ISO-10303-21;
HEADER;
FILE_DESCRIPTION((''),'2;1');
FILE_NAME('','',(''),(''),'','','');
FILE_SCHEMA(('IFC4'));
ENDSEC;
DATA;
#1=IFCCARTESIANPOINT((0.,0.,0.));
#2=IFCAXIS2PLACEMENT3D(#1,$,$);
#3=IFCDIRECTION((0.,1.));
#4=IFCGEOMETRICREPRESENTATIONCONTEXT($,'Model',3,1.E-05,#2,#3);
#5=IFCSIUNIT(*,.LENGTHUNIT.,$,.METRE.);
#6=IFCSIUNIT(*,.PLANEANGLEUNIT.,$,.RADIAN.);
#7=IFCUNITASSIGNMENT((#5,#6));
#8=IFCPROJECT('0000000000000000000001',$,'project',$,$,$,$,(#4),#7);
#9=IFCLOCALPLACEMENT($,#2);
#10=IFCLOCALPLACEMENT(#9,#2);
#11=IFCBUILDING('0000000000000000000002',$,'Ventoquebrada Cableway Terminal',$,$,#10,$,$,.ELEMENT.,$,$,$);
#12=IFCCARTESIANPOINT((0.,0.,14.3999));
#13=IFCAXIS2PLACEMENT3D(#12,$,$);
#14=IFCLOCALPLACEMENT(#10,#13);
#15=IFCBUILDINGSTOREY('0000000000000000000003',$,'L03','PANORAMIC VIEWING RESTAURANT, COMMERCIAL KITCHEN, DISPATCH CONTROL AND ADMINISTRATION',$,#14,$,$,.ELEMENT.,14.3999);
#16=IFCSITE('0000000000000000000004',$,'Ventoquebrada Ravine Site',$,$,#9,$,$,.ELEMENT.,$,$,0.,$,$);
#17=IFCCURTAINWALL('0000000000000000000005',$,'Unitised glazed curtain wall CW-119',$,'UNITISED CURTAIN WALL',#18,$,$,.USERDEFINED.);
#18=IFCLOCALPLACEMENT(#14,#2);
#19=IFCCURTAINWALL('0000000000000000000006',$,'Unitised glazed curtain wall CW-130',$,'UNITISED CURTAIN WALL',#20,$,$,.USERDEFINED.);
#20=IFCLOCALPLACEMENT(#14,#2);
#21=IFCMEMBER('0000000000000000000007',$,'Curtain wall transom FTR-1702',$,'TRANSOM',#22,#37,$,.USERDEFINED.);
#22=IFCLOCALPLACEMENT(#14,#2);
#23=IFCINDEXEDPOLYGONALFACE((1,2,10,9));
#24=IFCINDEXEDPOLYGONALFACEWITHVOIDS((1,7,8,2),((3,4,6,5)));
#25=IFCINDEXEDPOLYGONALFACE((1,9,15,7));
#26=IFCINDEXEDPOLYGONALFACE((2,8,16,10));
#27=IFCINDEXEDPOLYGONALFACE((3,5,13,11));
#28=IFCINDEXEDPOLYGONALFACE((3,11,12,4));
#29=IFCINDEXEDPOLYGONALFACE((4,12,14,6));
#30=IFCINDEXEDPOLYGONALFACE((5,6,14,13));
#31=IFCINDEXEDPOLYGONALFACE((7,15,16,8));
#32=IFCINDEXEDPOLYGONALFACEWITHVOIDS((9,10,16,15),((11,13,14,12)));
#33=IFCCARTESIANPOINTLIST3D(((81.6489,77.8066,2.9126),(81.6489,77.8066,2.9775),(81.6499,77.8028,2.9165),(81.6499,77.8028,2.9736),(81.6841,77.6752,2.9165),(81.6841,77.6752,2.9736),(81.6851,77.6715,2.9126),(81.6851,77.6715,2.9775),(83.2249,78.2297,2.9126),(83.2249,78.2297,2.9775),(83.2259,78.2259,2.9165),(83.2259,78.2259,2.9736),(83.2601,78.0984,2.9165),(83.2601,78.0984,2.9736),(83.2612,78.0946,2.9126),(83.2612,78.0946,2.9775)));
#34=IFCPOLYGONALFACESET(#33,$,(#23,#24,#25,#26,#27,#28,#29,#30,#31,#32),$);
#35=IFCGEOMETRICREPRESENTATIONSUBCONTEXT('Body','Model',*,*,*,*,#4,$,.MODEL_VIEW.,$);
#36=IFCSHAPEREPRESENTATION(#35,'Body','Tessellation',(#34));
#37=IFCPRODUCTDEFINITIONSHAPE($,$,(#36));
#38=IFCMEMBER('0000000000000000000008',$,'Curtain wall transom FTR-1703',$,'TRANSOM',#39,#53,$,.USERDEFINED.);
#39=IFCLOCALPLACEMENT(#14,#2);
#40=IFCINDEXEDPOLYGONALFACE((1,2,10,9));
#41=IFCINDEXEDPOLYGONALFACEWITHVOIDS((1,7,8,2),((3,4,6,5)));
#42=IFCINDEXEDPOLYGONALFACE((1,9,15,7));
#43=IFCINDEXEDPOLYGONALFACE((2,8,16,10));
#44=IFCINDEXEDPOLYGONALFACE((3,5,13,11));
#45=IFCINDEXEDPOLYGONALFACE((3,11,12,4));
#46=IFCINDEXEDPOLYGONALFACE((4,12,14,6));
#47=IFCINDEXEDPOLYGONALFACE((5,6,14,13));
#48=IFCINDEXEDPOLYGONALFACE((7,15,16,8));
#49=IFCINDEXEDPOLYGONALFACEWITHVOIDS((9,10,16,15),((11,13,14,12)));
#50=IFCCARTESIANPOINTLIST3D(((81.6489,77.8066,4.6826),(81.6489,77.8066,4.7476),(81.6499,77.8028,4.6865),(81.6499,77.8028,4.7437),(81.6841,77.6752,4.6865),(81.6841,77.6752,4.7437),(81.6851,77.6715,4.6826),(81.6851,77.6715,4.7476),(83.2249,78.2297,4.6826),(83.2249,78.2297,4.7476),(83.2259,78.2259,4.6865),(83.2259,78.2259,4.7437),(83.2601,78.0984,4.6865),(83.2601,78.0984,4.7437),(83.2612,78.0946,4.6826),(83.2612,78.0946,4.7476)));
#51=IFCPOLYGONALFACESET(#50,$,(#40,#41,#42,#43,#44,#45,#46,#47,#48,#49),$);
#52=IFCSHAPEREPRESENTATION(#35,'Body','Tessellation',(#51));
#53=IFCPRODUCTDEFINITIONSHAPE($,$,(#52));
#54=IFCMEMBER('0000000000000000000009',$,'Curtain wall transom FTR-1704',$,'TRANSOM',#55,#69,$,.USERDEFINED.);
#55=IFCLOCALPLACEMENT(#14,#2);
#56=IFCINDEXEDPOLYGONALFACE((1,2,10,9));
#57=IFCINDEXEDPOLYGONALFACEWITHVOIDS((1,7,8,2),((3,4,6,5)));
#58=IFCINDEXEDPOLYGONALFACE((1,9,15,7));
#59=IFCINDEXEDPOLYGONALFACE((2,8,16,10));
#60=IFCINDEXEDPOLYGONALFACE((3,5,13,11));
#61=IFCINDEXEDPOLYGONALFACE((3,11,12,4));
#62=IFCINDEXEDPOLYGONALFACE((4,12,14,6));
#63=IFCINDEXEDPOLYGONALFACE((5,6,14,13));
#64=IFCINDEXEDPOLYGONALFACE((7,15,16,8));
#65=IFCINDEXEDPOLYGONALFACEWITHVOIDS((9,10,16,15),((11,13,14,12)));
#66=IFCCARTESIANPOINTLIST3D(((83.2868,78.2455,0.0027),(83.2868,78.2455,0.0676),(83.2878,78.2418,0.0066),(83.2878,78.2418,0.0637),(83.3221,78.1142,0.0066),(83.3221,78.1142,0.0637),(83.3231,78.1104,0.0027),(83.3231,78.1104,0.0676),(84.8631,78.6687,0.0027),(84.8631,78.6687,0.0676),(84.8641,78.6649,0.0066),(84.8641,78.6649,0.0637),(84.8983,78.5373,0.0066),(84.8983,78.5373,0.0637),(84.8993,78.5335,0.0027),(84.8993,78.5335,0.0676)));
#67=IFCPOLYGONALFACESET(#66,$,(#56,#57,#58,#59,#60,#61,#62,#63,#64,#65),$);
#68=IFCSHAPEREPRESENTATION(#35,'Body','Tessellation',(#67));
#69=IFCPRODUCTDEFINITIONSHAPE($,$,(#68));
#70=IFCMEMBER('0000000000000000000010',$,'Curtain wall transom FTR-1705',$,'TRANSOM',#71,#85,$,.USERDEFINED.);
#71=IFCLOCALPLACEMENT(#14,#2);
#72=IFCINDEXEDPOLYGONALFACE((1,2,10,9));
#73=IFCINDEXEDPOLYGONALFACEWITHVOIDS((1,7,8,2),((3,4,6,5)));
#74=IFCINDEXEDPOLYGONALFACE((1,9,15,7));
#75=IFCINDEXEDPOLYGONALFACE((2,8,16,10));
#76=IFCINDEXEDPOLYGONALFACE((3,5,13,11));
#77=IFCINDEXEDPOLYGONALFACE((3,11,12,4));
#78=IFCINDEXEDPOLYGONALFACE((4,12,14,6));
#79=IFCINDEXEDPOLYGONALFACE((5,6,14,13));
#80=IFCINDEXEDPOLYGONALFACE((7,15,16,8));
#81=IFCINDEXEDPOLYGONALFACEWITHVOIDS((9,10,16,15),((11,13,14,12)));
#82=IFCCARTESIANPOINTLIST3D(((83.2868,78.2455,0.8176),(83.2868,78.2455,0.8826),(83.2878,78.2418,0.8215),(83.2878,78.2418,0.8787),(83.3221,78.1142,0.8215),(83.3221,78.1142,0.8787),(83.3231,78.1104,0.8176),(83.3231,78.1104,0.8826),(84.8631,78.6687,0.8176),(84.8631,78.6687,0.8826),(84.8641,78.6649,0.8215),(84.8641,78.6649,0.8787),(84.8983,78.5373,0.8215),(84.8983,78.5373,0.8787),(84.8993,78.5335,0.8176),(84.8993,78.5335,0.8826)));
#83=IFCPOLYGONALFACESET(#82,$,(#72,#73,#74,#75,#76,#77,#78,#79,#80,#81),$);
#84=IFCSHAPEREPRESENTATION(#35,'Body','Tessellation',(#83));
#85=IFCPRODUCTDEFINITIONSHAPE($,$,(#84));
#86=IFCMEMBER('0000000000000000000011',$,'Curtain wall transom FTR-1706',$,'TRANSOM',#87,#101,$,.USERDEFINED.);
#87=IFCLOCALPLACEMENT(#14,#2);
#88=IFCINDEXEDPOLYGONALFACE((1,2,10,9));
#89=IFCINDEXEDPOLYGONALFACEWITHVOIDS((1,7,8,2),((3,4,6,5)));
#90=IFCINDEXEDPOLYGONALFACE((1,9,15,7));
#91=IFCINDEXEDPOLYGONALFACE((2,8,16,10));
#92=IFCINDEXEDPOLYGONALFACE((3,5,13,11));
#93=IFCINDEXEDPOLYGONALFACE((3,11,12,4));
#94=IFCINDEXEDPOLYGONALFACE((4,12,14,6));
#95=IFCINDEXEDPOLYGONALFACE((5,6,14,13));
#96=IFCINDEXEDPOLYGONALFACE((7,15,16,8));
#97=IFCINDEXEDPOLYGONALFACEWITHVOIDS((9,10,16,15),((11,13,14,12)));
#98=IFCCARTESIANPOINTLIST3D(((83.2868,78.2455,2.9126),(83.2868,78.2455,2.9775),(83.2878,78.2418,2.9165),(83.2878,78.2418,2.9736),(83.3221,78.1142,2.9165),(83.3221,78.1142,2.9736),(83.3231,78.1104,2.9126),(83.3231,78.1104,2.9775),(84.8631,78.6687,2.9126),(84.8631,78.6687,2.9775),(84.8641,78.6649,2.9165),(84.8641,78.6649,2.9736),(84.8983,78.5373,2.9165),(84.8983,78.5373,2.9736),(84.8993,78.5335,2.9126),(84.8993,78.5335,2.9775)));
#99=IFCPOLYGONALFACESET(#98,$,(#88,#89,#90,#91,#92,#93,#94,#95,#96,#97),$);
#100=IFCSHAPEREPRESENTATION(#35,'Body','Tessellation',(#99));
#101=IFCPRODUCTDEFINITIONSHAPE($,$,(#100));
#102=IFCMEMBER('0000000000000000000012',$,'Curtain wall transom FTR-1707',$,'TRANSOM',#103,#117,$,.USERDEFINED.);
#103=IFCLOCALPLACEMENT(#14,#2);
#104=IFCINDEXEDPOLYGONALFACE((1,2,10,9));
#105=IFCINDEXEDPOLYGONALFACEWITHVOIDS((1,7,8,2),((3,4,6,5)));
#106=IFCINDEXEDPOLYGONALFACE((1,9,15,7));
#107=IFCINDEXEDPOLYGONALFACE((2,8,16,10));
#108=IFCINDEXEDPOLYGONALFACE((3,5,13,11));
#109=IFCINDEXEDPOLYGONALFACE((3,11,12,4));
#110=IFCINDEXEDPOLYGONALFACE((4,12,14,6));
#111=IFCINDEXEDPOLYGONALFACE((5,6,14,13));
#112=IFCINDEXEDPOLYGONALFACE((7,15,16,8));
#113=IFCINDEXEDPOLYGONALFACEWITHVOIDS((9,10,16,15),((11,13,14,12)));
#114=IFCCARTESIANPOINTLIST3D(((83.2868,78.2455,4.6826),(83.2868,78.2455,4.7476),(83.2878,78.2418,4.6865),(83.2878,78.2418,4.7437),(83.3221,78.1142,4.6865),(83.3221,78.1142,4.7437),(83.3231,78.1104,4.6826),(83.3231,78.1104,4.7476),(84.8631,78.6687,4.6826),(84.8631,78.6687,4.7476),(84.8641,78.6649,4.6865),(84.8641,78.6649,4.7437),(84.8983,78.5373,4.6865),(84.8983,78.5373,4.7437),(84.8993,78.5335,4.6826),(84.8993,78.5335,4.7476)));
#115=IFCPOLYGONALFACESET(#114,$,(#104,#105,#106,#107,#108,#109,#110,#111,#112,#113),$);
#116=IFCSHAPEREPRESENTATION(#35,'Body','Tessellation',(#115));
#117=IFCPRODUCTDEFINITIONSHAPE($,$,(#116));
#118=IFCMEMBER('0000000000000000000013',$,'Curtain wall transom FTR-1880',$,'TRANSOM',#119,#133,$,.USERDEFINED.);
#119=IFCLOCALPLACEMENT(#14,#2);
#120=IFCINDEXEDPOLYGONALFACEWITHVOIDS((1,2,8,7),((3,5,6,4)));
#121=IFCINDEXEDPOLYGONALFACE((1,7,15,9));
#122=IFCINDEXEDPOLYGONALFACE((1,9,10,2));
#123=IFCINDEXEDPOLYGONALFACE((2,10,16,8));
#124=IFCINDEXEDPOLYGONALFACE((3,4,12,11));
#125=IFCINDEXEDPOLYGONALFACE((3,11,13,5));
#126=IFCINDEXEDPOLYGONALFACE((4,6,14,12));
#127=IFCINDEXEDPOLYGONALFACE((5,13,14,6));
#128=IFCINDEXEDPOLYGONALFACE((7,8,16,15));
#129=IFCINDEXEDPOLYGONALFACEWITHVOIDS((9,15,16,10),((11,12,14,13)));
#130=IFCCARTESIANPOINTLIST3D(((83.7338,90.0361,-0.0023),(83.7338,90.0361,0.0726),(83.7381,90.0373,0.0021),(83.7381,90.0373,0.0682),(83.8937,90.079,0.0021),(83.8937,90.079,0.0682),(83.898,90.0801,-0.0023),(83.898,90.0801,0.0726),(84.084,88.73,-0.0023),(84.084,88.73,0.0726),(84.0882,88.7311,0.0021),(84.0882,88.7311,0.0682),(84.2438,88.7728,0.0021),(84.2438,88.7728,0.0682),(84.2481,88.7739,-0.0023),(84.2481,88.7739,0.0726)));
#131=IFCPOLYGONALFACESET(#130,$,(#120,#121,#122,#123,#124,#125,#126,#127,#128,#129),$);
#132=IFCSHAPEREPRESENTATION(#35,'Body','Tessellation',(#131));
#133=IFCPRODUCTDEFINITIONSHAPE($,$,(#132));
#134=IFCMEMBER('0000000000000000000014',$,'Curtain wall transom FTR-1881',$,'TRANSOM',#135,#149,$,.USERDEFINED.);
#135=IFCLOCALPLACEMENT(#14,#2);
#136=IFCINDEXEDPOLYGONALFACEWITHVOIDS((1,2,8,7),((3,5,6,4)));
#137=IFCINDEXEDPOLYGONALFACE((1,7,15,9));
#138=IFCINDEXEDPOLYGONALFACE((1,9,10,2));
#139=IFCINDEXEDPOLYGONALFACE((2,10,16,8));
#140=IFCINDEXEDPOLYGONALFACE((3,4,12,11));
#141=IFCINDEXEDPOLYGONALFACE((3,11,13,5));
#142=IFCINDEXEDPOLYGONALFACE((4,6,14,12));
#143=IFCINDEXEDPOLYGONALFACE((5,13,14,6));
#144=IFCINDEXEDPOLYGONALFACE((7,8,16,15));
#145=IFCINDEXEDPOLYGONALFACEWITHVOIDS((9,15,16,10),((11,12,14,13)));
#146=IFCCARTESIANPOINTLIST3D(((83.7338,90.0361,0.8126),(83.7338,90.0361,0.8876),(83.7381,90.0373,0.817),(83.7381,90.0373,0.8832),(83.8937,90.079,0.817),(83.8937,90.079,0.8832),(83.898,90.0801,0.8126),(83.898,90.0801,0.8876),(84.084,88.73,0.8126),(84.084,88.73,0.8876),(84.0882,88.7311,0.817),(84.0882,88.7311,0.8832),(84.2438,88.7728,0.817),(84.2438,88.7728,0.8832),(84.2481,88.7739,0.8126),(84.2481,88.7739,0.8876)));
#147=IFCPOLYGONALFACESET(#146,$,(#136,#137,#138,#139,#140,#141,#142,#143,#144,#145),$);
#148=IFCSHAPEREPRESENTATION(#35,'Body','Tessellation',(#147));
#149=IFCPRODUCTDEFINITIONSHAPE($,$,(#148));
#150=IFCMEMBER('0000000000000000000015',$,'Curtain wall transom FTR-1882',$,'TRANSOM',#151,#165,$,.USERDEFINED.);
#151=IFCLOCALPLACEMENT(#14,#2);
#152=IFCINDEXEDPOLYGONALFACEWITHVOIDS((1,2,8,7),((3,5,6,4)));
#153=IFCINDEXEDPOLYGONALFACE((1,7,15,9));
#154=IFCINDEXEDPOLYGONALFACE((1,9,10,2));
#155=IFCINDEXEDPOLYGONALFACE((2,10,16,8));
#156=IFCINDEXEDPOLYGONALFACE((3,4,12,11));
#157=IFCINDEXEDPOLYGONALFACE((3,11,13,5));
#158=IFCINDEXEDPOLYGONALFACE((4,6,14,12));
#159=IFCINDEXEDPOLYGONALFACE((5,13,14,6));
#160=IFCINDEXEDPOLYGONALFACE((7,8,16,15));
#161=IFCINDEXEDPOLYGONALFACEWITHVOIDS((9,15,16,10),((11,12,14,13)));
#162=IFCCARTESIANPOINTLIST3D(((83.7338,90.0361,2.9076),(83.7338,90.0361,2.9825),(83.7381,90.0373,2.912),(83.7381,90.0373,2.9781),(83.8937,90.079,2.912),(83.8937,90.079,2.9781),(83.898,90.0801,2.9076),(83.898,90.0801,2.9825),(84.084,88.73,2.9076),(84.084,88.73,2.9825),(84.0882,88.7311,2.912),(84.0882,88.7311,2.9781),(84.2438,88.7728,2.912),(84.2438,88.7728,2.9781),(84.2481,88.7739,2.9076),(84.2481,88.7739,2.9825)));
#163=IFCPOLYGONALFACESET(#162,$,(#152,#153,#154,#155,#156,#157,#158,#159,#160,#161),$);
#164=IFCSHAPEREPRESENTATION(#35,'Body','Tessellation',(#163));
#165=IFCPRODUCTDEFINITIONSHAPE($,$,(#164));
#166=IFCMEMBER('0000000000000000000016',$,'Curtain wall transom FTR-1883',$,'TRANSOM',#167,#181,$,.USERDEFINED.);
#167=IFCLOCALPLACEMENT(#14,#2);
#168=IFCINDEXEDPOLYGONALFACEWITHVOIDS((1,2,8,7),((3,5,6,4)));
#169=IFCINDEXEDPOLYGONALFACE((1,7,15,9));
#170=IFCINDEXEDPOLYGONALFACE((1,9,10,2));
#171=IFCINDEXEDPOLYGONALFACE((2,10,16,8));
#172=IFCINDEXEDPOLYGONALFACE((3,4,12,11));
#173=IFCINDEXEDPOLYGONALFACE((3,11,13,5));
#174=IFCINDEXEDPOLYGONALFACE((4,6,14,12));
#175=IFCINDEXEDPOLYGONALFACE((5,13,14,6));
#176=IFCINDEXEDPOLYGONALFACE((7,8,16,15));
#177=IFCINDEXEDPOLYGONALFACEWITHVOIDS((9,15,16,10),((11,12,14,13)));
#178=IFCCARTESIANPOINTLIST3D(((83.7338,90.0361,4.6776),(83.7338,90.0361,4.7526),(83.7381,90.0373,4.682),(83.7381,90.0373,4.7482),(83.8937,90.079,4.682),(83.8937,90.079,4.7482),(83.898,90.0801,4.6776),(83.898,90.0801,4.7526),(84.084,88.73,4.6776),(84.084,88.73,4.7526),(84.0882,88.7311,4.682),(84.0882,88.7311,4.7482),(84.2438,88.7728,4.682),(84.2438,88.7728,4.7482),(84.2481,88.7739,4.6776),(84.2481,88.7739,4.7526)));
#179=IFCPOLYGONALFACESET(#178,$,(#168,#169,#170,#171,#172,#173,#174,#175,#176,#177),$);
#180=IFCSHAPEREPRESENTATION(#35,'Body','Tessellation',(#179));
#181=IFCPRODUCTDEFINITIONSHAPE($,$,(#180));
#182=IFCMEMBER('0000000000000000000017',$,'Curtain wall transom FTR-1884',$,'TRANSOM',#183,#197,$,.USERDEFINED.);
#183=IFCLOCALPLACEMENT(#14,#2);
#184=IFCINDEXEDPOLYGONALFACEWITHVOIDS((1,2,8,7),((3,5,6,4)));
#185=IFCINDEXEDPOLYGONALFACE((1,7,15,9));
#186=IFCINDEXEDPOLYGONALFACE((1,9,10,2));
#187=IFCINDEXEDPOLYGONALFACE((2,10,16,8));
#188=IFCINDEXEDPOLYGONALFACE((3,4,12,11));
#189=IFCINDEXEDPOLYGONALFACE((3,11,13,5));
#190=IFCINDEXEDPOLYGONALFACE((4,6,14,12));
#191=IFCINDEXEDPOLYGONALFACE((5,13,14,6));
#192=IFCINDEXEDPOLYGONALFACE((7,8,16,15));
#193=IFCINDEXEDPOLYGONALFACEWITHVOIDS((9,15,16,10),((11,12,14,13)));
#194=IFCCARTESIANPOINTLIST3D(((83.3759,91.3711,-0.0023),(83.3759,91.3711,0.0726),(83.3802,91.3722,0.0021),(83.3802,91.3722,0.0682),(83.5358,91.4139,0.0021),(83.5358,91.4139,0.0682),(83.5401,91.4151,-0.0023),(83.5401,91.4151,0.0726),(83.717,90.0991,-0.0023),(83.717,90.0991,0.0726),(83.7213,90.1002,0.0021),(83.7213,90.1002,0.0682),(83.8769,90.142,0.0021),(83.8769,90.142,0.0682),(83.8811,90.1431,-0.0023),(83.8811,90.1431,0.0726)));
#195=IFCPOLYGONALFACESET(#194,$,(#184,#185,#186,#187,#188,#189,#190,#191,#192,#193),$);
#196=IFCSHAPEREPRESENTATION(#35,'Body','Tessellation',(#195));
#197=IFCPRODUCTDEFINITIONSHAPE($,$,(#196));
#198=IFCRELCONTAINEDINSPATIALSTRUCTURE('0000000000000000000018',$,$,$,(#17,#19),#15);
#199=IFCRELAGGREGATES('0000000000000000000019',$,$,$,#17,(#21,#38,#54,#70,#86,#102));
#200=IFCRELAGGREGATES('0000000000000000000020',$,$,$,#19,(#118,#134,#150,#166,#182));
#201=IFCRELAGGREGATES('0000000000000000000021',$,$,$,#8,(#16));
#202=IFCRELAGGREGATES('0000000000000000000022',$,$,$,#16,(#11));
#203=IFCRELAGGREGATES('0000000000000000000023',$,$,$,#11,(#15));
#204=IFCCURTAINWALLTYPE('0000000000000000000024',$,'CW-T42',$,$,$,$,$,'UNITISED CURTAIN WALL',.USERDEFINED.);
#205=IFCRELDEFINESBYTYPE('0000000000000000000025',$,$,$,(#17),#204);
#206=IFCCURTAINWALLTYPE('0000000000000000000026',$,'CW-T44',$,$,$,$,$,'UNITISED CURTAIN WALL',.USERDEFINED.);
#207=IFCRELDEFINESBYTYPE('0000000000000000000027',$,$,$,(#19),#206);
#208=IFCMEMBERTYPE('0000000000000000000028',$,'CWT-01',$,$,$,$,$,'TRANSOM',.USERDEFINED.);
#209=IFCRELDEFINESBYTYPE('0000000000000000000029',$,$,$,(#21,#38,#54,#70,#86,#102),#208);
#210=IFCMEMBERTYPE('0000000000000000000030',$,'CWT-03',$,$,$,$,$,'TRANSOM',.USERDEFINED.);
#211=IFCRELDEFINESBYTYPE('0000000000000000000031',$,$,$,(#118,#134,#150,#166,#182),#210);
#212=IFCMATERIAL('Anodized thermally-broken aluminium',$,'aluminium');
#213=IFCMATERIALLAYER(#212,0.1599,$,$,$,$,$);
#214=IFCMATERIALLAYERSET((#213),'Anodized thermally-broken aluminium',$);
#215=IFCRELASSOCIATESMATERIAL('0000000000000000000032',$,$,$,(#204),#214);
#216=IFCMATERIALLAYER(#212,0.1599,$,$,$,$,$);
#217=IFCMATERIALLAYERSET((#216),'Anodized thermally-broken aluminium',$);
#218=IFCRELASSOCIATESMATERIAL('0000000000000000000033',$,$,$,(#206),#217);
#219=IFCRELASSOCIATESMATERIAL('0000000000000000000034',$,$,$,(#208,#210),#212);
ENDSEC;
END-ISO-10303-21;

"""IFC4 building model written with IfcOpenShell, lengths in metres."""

from ifc_helpers import new_model, si_unit, direction, frame, origin, origin_2d, place, context, subcontext, project, spatial, hollow_rectangle, extrude, material, layer, layer_set, material_profile, profile_set, type_object, element, aggregate, save


model = new_model("IFC4")

# Units and contexts
model_context = context("Model", 3, precision=1e-05, world=origin(), true_north=direction((0.0, 1.0)))
body_context = subcontext(model_context, "Body", "Model", "MODEL_VIEW")
ifc_project = project(units=[si_unit("LENGTHUNIT", "METRE"), si_unit("PLANEANGLEUNIT", "RADIAN")], contexts=[model_context])

# Site, building, storey
site_placement = place(None, origin())
site = spatial("IfcSite", under=ifc_project, at=site_placement, Name="Ventoquebrada Ravine Site", CompositionType="ELEMENT", RefElevation=0.0)
building_placement = place(site_placement, origin())
building = spatial("IfcBuilding", under=site, at=building_placement, Name="Ventoquebrada Cableway Terminal", CompositionType="ELEMENT")
storey_placement = place(building_placement, frame((0.0, 0.0, 14.3999)))
storey = spatial("IfcBuildingStorey", under=building, at=storey_placement, Name="L03", Description="PANORAMIC VIEWING RESTAURANT, COMMERCIAL KITCHEN, DISPATCH CONTROL AND ADMINISTRATION", CompositionType="ELEMENT", Elevation=14.3999)

# Curtain walls
ifc_material_1 = material(Name="Anodized thermally-broken aluminium", Category="aluminium")
ifc_layer_1 = layer(ifc_material_1, 0.1599)
ifc_layer_set_1 = layer_set([ifc_layer_1], Name="Anodized thermally-broken aluminium")
curtain_wall_type_1 = type_object("IfcCurtainWallType", Name="CW-T42", ElementType="UNITISED CURTAIN WALL", PredefinedType="USERDEFINED", material=ifc_layer_set_1)
curtain_wall_1_placement = place(storey_placement, origin())
curtain_wall_1 = element("IfcCurtainWall", 1, at=curtain_wall_1_placement, inside=storey, type_object=curtain_wall_type_1, Name="Unitised glazed curtain wall CW-119", ObjectType="UNITISED CURTAIN WALL", PredefinedType="USERDEFINED")
ifc_layer_2 = layer(ifc_material_1, 0.1599)
ifc_layer_set_2 = layer_set([ifc_layer_2], Name="Anodized thermally-broken aluminium")
curtain_wall_type_2 = type_object("IfcCurtainWallType", Name="CW-T44", ElementType="UNITISED CURTAIN WALL", PredefinedType="USERDEFINED", material=ifc_layer_set_2)
curtain_wall_2_placement = place(storey_placement, origin())
curtain_wall_2 = element("IfcCurtainWall", 2, at=curtain_wall_2_placement, inside=storey, type_object=curtain_wall_type_2, Name="Unitised glazed curtain wall CW-130", ObjectType="UNITISED CURTAIN WALL", PredefinedType="USERDEFINED")

# Members
ifc_material_profile_1 = material_profile(ifc_material_1, hollow_rectangle(XDim=0.0649, YDim=0.1399, WallThickness=0.0039, at=origin_2d()), Name="CW-TRN-65X140")
ifc_profile_set_1 = profile_set([ifc_material_profile_1], Name="Anodized thermally-broken aluminium")
member_type_1 = type_object("IfcMemberType", Name="CWT-01", ElementType="TRANSOM", PredefinedType="USERDEFINED", material=ifc_profile_set_1)
member_1_placement = place(storey_placement, frame((81.667, 77.739, 2.9451), z_axis=(0.965799, 0.259292, 0.0), x_axis=(0.0, 0.0, 1.0)))
member_1 = element("IfcMember", 3, at=member_1_placement, type_object=member_type_1, Name="Curtain wall transom FTR-1702", ObjectType="TRANSOM", PredefinedType="USERDEFINED", context=body_context, shape_type="SweptSolid", body=[
    extrude(hollow_rectangle(XDim=0.0649, YDim=0.1399, WallThickness=0.0039, at=origin_2d()), origin(), (0.0, 0.0, 1.0), 1.6318),
])
member_2_placement = place(storey_placement, frame((81.667, 77.739, 4.7151), z_axis=(0.965799, 0.259292, 0.0), x_axis=(0.0, 0.0, 1.0)))
member_2 = element("IfcMember", 4, at=member_2_placement, type_object=member_type_1, Name="Curtain wall transom FTR-1703", ObjectType="TRANSOM", PredefinedType="USERDEFINED", context=body_context, shape_type="SweptSolid", body=[
    extrude(hollow_rectangle(XDim=0.0649, YDim=0.1399, WallThickness=0.0039, at=origin_2d()), origin(), (0.0, 0.0, 1.0), 1.6318),
])
member_3_placement = place(storey_placement, frame((83.3049, 78.178, 0.0352), z_axis=(0.965809, 0.259255, 0.0), x_axis=(0.0, 0.0, 1.0)))
member_3 = element("IfcMember", 5, at=member_3_placement, type_object=member_type_1, Name="Curtain wall transom FTR-1704", ObjectType="TRANSOM", PredefinedType="USERDEFINED", context=body_context, shape_type="SweptSolid", body=[
    extrude(hollow_rectangle(XDim=0.0649, YDim=0.1399, WallThickness=0.0039, at=origin_2d()), origin(), (0.0, 0.0, 1.0), 1.6321),
])
member_4_placement = place(storey_placement, frame((83.3049, 78.178, 0.8501), z_axis=(0.965809, 0.259255, 0.0), x_axis=(0.0, 0.0, 1.0)))
member_4 = element("IfcMember", 6, at=member_4_placement, type_object=member_type_1, Name="Curtain wall transom FTR-1705", ObjectType="TRANSOM", PredefinedType="USERDEFINED", context=body_context, shape_type="SweptSolid", body=[
    extrude(hollow_rectangle(XDim=0.0649, YDim=0.1399, WallThickness=0.0039, at=origin_2d()), origin(), (0.0, 0.0, 1.0), 1.6321),
])
member_5_placement = place(storey_placement, frame((83.3049, 78.178, 2.9451), z_axis=(0.965809, 0.259255, 0.0), x_axis=(0.0, 0.0, 1.0)))
member_5 = element("IfcMember", 7, at=member_5_placement, type_object=member_type_1, Name="Curtain wall transom FTR-1706", ObjectType="TRANSOM", PredefinedType="USERDEFINED", context=body_context, shape_type="SweptSolid", body=[
    extrude(hollow_rectangle(XDim=0.0649, YDim=0.1399, WallThickness=0.0039, at=origin_2d()), origin(), (0.0, 0.0, 1.0), 1.6321),
])
member_6_placement = place(storey_placement, frame((83.3049, 78.178, 4.7151), z_axis=(0.965809, 0.259255, 0.0), x_axis=(0.0, 0.0, 1.0)))
member_6 = element("IfcMember", 8, at=member_6_placement, type_object=member_type_1, Name="Curtain wall transom FTR-1707", ObjectType="TRANSOM", PredefinedType="USERDEFINED", context=body_context, shape_type="SweptSolid", body=[
    extrude(hollow_rectangle(XDim=0.0649, YDim=0.1399, WallThickness=0.0039, at=origin_2d()), origin(), (0.0, 0.0, 1.0), 1.6321),
])
ifc_material_profile_2 = material_profile(ifc_material_1, hollow_rectangle(XDim=0.075, YDim=0.1699, WallThickness=0.0044, at=origin_2d()), Name="CW-TRN-75X170")
ifc_profile_set_2 = profile_set([ifc_material_profile_2], Name="Anodized thermally-broken aluminium")
member_type_2 = type_object("IfcMemberType", Name="CWT-03", ElementType="TRANSOM", PredefinedType="USERDEFINED", material=ifc_profile_set_2)
member_7_placement = place(storey_placement, frame((84.166, 88.752, 0.0352), z_axis=(-0.258899, 0.965905, 0.0), x_axis=(0.0, 0.0, 1.0)))
member_7 = element("IfcMember", 9, at=member_7_placement, type_object=member_type_2, Name="Curtain wall transom FTR-1880", ObjectType="TRANSOM", PredefinedType="USERDEFINED", context=body_context, shape_type="SweptSolid", body=[
    extrude(hollow_rectangle(XDim=0.075, YDim=0.1699, WallThickness=0.0044, at=origin_2d()), origin(), (0.0, 0.0, 1.0), 1.3523),
])
member_8_placement = place(storey_placement, frame((84.166, 88.752, 0.8501), z_axis=(-0.258899, 0.965905, 0.0), x_axis=(0.0, 0.0, 1.0)))
member_8 = element("IfcMember", 10, at=member_8_placement, type_object=member_type_2, Name="Curtain wall transom FTR-1881", ObjectType="TRANSOM", PredefinedType="USERDEFINED", context=body_context, shape_type="SweptSolid", body=[
    extrude(hollow_rectangle(XDim=0.075, YDim=0.1699, WallThickness=0.0044, at=origin_2d()), origin(), (0.0, 0.0, 1.0), 1.3523),
])
member_9_placement = place(storey_placement, frame((84.166, 88.752, 2.9451), z_axis=(-0.258899, 0.965905, 0.0), x_axis=(0.0, 0.0, 1.0)))
member_9 = element("IfcMember", 11, at=member_9_placement, type_object=member_type_2, Name="Curtain wall transom FTR-1882", ObjectType="TRANSOM", PredefinedType="USERDEFINED", context=body_context, shape_type="SweptSolid", body=[
    extrude(hollow_rectangle(XDim=0.075, YDim=0.1699, WallThickness=0.0044, at=origin_2d()), origin(), (0.0, 0.0, 1.0), 1.3523),
])
member_10_placement = place(storey_placement, frame((84.166, 88.752, 4.7151), z_axis=(-0.258899, 0.965905, 0.0), x_axis=(0.0, 0.0, 1.0)))
member_10 = element("IfcMember", 12, at=member_10_placement, type_object=member_type_2, Name="Curtain wall transom FTR-1883", ObjectType="TRANSOM", PredefinedType="USERDEFINED", context=body_context, shape_type="SweptSolid", body=[
    extrude(hollow_rectangle(XDim=0.075, YDim=0.1699, WallThickness=0.0044, at=origin_2d()), origin(), (0.0, 0.0, 1.0), 1.3523),
])
member_11_placement = place(storey_placement, frame((83.7991, 90.1211, 0.0352), z_axis=(-0.258989, 0.96588, 0.0), x_axis=(0.0, 0.0, 1.0)))
member_11 = element("IfcMember", 13, at=member_11_placement, type_object=member_type_2, Name="Curtain wall transom FTR-1884", ObjectType="TRANSOM", PredefinedType="USERDEFINED", context=body_context, shape_type="SweptSolid", body=[
    extrude(hollow_rectangle(XDim=0.075, YDim=0.1699, WallThickness=0.0044, at=origin_2d()), origin(), (0.0, 0.0, 1.0), 1.3169),
])

aggregate(curtain_wall_1, [member_1, member_2, member_3, member_4, member_5, member_6])
aggregate(curtain_wall_2, [member_7, member_8, member_9, member_10, member_11])

save(model, "model.ifc")
